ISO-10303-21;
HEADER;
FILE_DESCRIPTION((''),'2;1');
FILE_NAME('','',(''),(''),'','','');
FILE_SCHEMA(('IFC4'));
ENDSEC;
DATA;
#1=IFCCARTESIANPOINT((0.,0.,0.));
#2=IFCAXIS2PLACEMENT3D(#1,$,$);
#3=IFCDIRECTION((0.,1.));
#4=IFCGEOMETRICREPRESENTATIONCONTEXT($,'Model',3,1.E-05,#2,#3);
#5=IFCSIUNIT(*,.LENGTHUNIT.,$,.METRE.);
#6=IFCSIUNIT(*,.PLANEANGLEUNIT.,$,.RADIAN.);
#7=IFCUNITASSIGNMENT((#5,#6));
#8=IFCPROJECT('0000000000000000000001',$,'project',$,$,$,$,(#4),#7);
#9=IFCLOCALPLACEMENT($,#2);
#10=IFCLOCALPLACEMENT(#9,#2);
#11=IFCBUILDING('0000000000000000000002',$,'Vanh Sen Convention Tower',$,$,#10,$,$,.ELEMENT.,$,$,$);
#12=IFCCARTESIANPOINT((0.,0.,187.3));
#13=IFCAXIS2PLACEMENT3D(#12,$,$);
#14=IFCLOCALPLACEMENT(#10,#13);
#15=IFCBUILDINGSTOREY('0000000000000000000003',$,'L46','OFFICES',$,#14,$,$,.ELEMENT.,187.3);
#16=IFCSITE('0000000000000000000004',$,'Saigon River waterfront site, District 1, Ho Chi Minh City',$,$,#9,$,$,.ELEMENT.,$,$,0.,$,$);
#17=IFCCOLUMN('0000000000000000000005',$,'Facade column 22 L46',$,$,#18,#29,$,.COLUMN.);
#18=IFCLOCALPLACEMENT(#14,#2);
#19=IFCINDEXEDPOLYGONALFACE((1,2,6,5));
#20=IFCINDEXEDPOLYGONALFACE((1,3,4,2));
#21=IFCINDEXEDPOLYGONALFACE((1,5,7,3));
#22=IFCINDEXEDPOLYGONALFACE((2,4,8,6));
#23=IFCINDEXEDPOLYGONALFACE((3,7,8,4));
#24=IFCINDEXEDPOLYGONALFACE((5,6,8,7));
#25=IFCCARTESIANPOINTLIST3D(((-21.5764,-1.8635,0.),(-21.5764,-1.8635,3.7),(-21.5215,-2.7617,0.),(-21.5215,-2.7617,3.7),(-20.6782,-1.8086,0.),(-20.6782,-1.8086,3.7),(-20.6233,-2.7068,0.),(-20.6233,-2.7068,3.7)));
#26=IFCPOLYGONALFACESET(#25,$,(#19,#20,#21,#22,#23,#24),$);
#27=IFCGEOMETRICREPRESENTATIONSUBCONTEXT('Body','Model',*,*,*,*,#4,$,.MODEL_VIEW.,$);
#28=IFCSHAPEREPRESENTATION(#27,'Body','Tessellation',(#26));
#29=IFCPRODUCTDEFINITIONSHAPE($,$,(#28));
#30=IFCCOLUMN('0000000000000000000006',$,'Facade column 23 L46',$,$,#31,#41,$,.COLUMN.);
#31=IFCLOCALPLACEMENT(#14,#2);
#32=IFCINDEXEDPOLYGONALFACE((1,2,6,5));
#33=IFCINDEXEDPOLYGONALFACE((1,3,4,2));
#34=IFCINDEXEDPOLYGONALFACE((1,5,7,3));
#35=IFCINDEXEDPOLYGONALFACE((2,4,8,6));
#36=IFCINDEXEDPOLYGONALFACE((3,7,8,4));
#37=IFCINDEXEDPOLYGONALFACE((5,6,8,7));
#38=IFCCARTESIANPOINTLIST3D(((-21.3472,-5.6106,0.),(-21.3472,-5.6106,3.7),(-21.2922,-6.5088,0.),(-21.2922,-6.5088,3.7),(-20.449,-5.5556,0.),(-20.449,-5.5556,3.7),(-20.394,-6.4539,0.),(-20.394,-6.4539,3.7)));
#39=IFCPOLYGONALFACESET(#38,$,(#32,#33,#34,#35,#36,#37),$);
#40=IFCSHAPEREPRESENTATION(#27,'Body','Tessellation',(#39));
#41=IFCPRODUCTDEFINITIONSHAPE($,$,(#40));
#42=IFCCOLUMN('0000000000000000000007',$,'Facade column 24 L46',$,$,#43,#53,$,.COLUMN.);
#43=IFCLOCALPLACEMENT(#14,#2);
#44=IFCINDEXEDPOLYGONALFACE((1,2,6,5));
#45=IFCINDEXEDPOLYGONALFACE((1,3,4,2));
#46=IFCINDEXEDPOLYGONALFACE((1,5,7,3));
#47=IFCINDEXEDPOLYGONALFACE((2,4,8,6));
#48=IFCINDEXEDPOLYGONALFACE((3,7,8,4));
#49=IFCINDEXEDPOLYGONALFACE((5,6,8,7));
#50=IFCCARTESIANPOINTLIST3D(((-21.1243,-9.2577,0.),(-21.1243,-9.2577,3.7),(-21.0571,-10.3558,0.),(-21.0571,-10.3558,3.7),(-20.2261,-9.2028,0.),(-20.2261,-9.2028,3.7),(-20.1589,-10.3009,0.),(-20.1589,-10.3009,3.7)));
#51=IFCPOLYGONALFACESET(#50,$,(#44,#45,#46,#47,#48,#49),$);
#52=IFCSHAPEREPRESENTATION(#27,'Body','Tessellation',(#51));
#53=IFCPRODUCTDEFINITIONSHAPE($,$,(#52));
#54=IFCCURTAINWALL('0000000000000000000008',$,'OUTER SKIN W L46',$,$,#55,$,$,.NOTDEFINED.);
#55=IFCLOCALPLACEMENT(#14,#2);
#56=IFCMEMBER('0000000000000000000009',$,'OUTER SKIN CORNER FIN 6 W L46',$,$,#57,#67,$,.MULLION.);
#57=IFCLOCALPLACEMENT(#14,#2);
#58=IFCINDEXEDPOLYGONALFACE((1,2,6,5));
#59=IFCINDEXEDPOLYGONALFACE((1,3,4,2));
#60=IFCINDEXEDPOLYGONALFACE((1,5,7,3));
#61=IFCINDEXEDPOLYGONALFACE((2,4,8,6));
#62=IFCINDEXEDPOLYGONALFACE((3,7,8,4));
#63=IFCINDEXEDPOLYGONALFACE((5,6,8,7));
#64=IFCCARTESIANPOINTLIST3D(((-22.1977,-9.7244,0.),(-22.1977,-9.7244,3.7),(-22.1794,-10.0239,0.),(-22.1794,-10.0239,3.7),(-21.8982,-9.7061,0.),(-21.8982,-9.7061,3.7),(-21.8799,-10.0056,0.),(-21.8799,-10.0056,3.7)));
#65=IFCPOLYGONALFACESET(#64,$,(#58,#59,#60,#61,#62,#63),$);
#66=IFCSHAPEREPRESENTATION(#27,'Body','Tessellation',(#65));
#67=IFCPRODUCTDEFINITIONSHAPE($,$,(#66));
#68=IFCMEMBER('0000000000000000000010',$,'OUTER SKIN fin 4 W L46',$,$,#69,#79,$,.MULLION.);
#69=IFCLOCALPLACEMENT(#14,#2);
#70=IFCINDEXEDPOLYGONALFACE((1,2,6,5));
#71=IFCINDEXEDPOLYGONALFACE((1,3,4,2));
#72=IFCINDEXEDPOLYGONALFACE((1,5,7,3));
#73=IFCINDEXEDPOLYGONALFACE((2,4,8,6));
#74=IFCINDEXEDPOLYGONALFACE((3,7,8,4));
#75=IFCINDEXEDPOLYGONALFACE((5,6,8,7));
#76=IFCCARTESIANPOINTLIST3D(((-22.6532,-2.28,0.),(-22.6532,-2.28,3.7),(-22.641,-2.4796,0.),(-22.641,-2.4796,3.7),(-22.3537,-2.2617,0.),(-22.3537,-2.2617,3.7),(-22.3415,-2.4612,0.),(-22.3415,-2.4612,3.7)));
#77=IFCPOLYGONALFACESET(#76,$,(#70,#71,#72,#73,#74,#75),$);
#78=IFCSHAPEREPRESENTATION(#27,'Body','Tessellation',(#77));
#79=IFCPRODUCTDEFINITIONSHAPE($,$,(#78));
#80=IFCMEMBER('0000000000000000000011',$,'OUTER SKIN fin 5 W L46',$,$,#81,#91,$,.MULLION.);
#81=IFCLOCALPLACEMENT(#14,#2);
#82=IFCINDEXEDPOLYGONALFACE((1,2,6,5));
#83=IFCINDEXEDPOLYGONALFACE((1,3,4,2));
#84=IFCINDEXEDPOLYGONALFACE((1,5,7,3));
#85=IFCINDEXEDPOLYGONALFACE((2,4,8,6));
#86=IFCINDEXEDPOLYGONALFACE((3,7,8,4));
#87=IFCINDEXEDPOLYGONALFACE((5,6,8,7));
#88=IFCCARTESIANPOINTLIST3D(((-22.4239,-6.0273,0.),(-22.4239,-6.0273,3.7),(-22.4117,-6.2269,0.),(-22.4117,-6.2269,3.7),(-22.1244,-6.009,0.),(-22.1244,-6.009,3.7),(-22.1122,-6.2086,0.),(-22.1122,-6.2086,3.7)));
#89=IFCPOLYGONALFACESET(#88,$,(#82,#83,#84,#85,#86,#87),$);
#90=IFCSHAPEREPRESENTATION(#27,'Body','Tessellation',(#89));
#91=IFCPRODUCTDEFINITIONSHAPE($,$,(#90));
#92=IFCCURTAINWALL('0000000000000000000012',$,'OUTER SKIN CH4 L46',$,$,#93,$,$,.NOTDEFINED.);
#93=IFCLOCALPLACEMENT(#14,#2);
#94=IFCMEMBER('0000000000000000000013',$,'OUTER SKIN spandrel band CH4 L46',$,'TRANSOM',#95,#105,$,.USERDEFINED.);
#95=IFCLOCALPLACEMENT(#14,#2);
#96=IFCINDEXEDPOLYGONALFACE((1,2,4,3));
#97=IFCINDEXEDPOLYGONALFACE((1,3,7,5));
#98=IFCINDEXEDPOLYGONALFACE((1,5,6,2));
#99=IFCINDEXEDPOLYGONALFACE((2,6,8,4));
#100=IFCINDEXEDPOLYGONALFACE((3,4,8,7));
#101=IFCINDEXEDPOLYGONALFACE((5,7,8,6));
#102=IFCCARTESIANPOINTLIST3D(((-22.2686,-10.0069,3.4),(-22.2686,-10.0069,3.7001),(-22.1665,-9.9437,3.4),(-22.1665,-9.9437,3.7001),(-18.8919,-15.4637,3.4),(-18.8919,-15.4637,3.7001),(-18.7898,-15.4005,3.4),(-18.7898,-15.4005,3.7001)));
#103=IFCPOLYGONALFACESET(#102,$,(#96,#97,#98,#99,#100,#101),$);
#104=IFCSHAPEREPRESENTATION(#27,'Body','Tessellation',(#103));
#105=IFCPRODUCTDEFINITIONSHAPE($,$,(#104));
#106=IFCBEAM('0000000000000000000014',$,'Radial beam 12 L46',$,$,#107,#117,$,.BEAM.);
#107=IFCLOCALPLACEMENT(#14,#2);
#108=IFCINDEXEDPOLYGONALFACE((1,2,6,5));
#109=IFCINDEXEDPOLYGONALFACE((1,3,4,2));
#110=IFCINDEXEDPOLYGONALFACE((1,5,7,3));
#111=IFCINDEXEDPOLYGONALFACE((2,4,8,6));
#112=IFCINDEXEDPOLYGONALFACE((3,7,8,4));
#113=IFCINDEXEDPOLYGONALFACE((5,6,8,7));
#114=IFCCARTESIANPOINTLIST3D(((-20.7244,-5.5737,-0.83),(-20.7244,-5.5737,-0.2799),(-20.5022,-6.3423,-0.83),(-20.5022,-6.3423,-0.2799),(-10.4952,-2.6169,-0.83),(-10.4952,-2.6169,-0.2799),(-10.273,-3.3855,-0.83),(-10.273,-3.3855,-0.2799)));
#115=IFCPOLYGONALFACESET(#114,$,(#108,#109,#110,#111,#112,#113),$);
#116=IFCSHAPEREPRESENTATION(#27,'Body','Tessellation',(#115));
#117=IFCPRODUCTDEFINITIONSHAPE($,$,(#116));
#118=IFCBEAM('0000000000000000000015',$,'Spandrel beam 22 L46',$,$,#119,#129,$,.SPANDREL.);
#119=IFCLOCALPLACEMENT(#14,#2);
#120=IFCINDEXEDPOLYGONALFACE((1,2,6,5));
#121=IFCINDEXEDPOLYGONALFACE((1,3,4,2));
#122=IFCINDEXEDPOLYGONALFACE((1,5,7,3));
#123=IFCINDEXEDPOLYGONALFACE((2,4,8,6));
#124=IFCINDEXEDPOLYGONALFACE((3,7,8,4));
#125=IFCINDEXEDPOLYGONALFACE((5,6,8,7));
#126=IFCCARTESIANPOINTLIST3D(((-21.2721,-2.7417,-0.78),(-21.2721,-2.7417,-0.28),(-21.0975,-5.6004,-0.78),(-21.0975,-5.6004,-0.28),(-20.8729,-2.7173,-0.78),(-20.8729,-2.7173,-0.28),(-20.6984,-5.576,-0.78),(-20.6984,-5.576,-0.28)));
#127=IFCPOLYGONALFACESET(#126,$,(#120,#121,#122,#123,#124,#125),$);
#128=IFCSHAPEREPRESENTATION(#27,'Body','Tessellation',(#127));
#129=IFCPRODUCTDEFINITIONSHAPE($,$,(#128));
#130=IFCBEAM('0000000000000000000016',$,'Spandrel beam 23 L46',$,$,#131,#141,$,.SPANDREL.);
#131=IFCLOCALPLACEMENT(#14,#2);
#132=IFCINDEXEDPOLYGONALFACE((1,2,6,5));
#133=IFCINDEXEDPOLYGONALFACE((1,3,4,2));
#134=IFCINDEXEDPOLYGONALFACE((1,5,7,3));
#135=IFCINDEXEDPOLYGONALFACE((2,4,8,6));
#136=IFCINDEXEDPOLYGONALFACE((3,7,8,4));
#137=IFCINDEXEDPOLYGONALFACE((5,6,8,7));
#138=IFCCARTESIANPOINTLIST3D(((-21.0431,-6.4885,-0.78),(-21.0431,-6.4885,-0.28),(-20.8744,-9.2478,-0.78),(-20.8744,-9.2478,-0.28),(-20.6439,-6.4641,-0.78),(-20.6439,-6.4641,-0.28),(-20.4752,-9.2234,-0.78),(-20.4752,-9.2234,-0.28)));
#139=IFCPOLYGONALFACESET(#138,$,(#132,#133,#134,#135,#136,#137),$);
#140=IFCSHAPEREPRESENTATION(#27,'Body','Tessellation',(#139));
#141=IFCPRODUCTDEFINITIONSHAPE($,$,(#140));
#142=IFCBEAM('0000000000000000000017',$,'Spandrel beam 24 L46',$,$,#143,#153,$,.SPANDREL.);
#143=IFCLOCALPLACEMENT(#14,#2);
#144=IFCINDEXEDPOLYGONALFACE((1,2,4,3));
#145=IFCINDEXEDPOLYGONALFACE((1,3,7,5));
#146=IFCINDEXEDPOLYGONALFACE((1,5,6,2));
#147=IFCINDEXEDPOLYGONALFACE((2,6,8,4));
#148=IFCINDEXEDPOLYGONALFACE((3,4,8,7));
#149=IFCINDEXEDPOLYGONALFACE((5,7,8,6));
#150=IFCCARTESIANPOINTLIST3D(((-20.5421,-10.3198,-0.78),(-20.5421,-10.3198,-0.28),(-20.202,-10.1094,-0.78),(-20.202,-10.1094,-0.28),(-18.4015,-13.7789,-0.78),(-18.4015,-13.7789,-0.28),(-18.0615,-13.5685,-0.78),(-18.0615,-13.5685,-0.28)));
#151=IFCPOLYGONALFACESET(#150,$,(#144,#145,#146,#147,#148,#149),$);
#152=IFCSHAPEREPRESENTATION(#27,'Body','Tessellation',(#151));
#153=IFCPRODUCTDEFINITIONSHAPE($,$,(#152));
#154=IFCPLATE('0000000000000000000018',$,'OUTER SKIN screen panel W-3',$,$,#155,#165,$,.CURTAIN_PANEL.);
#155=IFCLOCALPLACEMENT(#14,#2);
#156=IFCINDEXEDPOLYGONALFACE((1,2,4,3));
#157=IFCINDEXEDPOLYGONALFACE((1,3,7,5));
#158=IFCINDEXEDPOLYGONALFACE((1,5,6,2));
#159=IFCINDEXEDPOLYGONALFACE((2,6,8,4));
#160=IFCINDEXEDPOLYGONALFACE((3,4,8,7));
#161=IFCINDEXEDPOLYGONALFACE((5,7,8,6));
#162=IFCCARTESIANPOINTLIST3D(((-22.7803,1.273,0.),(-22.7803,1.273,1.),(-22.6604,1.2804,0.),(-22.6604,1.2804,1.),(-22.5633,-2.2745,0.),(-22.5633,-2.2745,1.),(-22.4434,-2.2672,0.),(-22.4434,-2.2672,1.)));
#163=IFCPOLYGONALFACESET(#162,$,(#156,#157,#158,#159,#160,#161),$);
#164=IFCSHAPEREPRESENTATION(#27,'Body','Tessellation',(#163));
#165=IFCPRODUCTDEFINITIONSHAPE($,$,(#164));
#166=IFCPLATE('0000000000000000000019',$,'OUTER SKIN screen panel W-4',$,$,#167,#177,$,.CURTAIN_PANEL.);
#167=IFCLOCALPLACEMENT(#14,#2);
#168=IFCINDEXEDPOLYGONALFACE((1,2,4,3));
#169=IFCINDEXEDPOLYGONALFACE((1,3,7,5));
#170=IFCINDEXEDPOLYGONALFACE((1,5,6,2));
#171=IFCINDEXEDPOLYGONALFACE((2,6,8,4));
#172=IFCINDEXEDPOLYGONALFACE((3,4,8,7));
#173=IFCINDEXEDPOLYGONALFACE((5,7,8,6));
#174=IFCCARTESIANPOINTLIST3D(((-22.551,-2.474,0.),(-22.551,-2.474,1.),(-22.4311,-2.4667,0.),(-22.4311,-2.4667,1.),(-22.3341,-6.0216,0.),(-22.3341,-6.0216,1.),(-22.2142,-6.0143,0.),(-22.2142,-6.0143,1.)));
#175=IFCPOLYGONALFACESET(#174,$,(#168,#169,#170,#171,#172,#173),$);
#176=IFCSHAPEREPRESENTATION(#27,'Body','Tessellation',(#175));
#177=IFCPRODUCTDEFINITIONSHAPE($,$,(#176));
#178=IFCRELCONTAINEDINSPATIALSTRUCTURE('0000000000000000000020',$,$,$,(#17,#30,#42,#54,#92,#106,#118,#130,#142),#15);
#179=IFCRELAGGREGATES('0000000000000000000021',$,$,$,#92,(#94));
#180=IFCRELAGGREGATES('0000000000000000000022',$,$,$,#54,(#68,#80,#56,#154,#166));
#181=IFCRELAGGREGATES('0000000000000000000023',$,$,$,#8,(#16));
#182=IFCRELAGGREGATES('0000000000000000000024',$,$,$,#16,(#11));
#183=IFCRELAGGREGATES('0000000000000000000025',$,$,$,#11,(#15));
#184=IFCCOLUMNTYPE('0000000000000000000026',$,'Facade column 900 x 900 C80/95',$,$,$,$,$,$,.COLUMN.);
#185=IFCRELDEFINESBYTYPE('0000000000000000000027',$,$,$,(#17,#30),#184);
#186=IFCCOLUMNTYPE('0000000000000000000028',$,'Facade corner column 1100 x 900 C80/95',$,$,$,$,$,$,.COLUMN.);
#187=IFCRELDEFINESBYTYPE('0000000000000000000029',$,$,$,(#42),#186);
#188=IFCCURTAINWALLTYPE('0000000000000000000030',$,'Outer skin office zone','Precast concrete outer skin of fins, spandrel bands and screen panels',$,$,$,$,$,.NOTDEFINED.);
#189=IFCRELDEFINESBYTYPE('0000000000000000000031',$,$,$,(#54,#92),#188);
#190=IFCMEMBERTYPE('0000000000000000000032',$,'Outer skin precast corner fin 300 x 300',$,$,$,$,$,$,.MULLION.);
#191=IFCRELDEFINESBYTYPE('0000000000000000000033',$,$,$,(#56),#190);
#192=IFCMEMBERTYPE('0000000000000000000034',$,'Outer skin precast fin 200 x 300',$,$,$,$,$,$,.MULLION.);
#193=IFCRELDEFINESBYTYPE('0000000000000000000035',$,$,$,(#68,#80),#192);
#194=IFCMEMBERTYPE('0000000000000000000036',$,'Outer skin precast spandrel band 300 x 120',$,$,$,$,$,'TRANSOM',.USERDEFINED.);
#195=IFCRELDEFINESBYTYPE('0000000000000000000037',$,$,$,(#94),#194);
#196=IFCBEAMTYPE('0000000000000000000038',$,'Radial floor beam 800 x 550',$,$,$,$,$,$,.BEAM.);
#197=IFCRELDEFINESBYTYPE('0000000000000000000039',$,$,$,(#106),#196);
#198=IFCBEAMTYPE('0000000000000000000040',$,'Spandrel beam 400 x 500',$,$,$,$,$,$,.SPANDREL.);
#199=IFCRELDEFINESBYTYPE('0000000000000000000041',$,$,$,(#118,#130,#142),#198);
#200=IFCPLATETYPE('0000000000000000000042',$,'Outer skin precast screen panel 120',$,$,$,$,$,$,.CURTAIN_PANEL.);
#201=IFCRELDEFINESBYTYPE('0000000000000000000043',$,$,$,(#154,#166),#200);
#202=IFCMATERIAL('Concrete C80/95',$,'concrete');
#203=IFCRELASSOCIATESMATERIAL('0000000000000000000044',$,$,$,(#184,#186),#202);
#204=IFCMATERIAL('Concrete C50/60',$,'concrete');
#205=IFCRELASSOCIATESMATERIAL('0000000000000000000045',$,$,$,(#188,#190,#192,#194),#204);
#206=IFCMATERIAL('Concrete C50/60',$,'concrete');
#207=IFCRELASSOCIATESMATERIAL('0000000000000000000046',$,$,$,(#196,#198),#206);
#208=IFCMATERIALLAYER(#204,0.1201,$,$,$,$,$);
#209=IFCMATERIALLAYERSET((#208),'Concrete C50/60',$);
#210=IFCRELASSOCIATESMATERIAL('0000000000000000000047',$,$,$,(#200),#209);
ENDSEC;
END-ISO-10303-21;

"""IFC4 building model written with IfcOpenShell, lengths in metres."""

from ifc_helpers import new_model, si_unit, direction, frame, origin, origin_2d, place, context, subcontext, project, spatial, rectangle, extrude, material, layer, layer_set, material_profile, profile_set, type_object, element, aggregate, save


model = new_model("IFC4")

# Units and contexts
model_context = context("Model", 3, precision=1e-05, world=origin(), true_north=direction((0.0, 1.0)))
body_context = subcontext(model_context, "Body", "Model", "MODEL_VIEW")
ifc_project = project(units=[si_unit("LENGTHUNIT", "METRE"), si_unit("PLANEANGLEUNIT", "RADIAN")], contexts=[model_context])

# Site, building, storey
site_placement = place(None, origin())
site = spatial("IfcSite", under=ifc_project, at=site_placement, Name="Saigon River waterfront site, District 1, Ho Chi Minh City", CompositionType="ELEMENT", RefElevation=0.0)
building_placement = place(site_placement, origin())
building = spatial("IfcBuilding", under=site, at=building_placement, Name="Vanh Sen Convention Tower", CompositionType="ELEMENT")
storey_placement = place(building_placement, frame((0.0, 0.0, 187.3)))
storey = spatial("IfcBuildingStorey", under=building, at=storey_placement, Name="L46", Description="OFFICES", CompositionType="ELEMENT", Elevation=187.3)

# Columns
ifc_material_1 = material(Name="Concrete C80/95", Category="concrete")
ifc_material_profile_1 = material_profile(ifc_material_1, rectangle(XDim=0.8999, YDim=0.8999, at=origin_2d()), Name="RC 900X900")
ifc_profile_set_1 = profile_set([ifc_material_profile_1], Name="Concrete C80/95")
column_type_1 = type_object("IfcColumnType", Name="Facade column 900 x 900 C80/95", PredefinedType="COLUMN", material=ifc_profile_set_1)
for number, where, z_axis, x_axis, name in (
    (1, (-21.0999, -2.2852, 0.0), (0.0, 0.0, 1.0), (0.061049, -0.998135, 0.0), "Facade column 22 L46"),
    (2, (-20.8706, -6.0322, 0.0), (0.0, 0.0, 1.0), (0.061049, -0.998135, 0.0), "Facade column 23 L46"),
):
    element("IfcColumn", number, at=place(storey_placement, frame(where, z_axis=z_axis, x_axis=x_axis)), inside=storey, type_object=column_type_1, Name=name, PredefinedType="COLUMN", context=body_context, shape_type="SweptSolid", body=[
        extrude(rectangle(XDim=0.8999, YDim=0.8999, at=origin_2d()), origin(), (0.0, 0.0, 1.0), 3.7),
    ])
ifc_material_profile_2 = material_profile(ifc_material_1, rectangle(XDim=1.1001, YDim=0.8999, at=origin_2d()), Name="RC 1100X900")
ifc_profile_set_2 = profile_set([ifc_material_profile_2], Name="Concrete C80/95")
column_type_2 = type_object("IfcColumnType", Name="Facade corner column 1100 x 900 C80/95", PredefinedType="COLUMN", material=ifc_profile_set_2)
column_placement = place(storey_placement, frame((-20.6416, -9.7793, 0.0), z_axis=(0.0, 0.0, 1.0), x_axis=(0.061049, -0.998135, 0.0)))
element("IfcColumn", 3, at=column_placement, inside=storey, type_object=column_type_2, Name="Facade column 24 L46", PredefinedType="COLUMN", context=body_context, shape_type="SweptSolid", body=[
    extrude(rectangle(XDim=1.1001, YDim=0.8999, at=origin_2d()), origin(), (0.0, 0.0, 1.0), 3.7),
])

# Curtain wall, members
ifc_material_2 = material(Name="Concrete C50/60", Category="concrete")
curtain_wall_type = type_object("IfcCurtainWallType", Name="Outer skin office zone", Description="Precast concrete outer skin of fins, spandrel bands and screen panels", PredefinedType="NOTDEFINED", material=ifc_material_2)
curtain_wall_1_placement = place(storey_placement, origin())
curtain_wall_1 = element("IfcCurtainWall", 4, at=curtain_wall_1_placement, inside=storey, type_object=curtain_wall_type, Name="OUTER SKIN W L46", PredefinedType="NOTDEFINED")
ifc_material_profile_3 = material_profile(ifc_material_2, rectangle(XDim=0.3, YDim=0.3, at=origin_2d()), Name="Outer skin precast corner fin 300 x 300")
ifc_profile_set_3 = profile_set([ifc_material_profile_3], Name="Concrete C50/60")
member_type_1 = type_object("IfcMemberType", Name="Outer skin precast corner fin 300 x 300", PredefinedType="MULLION", material=ifc_profile_set_3)
member_1_placement = place(storey_placement, frame((-22.0388, -9.865, 0.0), z_axis=(0.0, 0.0, 1.0), x_axis=(0.061049, -0.998135, 0.0)))
member_1 = element("IfcMember", 5, at=member_1_placement, type_object=member_type_1, Name="OUTER SKIN CORNER FIN 6 W L46", PredefinedType="MULLION", context=body_context, shape_type="SweptSolid", body=[
    extrude(rectangle(XDim=0.3, YDim=0.3, at=origin_2d()), origin(), (0.0, 0.0, 1.0), 3.7),
])
ifc_material_profile_4 = material_profile(ifc_material_2, rectangle(XDim=0.2, YDim=0.3, at=origin_2d()), Name="Outer skin precast fin 200 x 300")
ifc_profile_set_4 = profile_set([ifc_material_profile_4], Name="Concrete C50/60")
member_type_2 = type_object("IfcMemberType", Name="Outer skin precast fin 200 x 300", PredefinedType="MULLION", material=ifc_profile_set_4)
member_2_placement = place(storey_placement, frame((-22.4973, -2.3706, 0.0), z_axis=(0.0, 0.0, 1.0), x_axis=(0.061049, -0.998135, 0.0)))
member_2 = element("IfcMember", 6, at=member_2_placement, type_object=member_type_2, Name="OUTER SKIN fin 4 W L46", PredefinedType="MULLION", context=body_context, shape_type="SweptSolid", body=[
    extrude(rectangle(XDim=0.2, YDim=0.3, at=origin_2d()), origin(), (0.0, 0.0, 1.0), 3.7),
])
member_3_placement = place(storey_placement, frame((-22.2681, -6.1179, 0.0), z_axis=(0.0, 0.0, 1.0), x_axis=(0.061049, -0.998135, 0.0)))
member_3 = element("IfcMember", 7, at=member_3_placement, type_object=member_type_2, Name="OUTER SKIN fin 5 W L46", PredefinedType="MULLION", context=body_context, shape_type="SweptSolid", body=[
    extrude(rectangle(XDim=0.2, YDim=0.3, at=origin_2d()), origin(), (0.0, 0.0, 1.0), 3.7),
])

# Curtain wall, member
curtain_wall_2_placement = place(storey_placement, origin())
curtain_wall_2 = element("IfcCurtainWall", 8, at=curtain_wall_2_placement, inside=storey, type_object=curtain_wall_type, Name="OUTER SKIN CH4 L46", PredefinedType="NOTDEFINED")
ifc_material_profile_5 = material_profile(ifc_material_2, rectangle(XDim=0.1201, YDim=0.3, at=origin_2d()), Name="Outer skin precast spandrel band 300 x 120")
ifc_profile_set_5 = profile_set([ifc_material_profile_5], Name="Concrete C50/60")
member_type_3 = type_object("IfcMemberType", Name="Outer skin precast spandrel band 300 x 120", ElementType="TRANSOM", PredefinedType="USERDEFINED", material=ifc_profile_set_5)
member_4_placement = place(storey_placement, frame((-22.2175, -9.9753, 3.55), z_axis=(0.526208, -0.850356, 0.0), x_axis=(0.850356, 0.526208, 0.0)))
member_4 = element("IfcMember", 9, at=member_4_placement, type_object=member_type_3, Name="OUTER SKIN spandrel band CH4 L46", ObjectType="TRANSOM", PredefinedType="USERDEFINED", context=body_context, shape_type="SweptSolid", body=[
    extrude(rectangle(XDim=0.1201, YDim=0.3, at=origin_2d()), origin(), (0.0, 0.0, 1.0), 6.417),
])
aggregate(curtain_wall_2, [member_4])

# Beams
ifc_material_3 = material(Name="Concrete C50/60", Category="concrete")
ifc_material_profile_6 = material_profile(ifc_material_3, rectangle(XDim=0.8, YDim=0.55, at=origin_2d()), Name="RC 800X550")
ifc_profile_set_6 = profile_set([ifc_material_profile_6], Name="Concrete C50/60")
beam_type_1 = type_object("IfcBeamType", Name="Radial floor beam 800 x 550", PredefinedType="BEAM", material=ifc_profile_set_6)
beam_1_placement = place(storey_placement, frame((-20.6133, -5.958, -0.5549), z_axis=(0.960672, 0.277684, 0.0), x_axis=(-0.277684, 0.960672, 0.0)))
element("IfcBeam", 10, at=beam_1_placement, inside=storey, type_object=beam_type_1, Name="Radial beam 12 L46", PredefinedType="BEAM", context=body_context, shape_type="SweptSolid", body=[
    extrude(rectangle(XDim=0.8, YDim=0.55, at=origin_2d()), origin(), (0.0, 0.0, 1.0), 10.6479),
])
ifc_material_profile_7 = material_profile(ifc_material_3, rectangle(XDim=0.3999, YDim=0.5, at=origin_2d()), Name="RC 400X500")
ifc_profile_set_7 = profile_set([ifc_material_profile_7], Name="Concrete C50/60")
beam_type_2 = type_object("IfcBeamType", Name="Spandrel beam 400 x 500", PredefinedType="SPANDREL", material=ifc_profile_set_7)
beam_2_placement = place(storey_placement, frame((-21.0725, -2.7295, -0.53), z_axis=(0.060951, -0.998141, 0.0), x_axis=(0.998141, 0.060951, 0.0)))
element("IfcBeam", 11, at=beam_2_placement, inside=storey, type_object=beam_type_2, Name="Spandrel beam 22 L46", PredefinedType="SPANDREL", context=body_context, shape_type="SweptSolid", body=[
    extrude(rectangle(XDim=0.3999, YDim=0.5, at=origin_2d()), origin(), (0.0, 0.0, 1.0), 2.864),
])
beam_3_placement = place(storey_placement, frame((-20.8435, -6.4763, -0.53), z_axis=(0.061026, -0.998136, 0.0), x_axis=(0.998136, 0.061026, 0.0)))
element("IfcBeam", 12, at=beam_3_placement, inside=storey, type_object=beam_type_2, Name="Spandrel beam 23 L46", PredefinedType="SPANDREL", context=body_context, shape_type="SweptSolid", body=[
    extrude(rectangle(XDim=0.3999, YDim=0.5, at=origin_2d()), origin(), (0.0, 0.0, 1.0), 2.7644),
])
beam_4_placement = place(storey_placement, frame((-20.3721, -10.2146, -0.53), z_axis=(0.526212, -0.850353, 0.0), x_axis=(0.850353, 0.526212, 0.0)))
element("IfcBeam", 13, at=beam_4_placement, inside=storey, type_object=beam_type_2, Name="Spandrel beam 24 L46", PredefinedType="SPANDREL", context=body_context, shape_type="SweptSolid", body=[
    extrude(rectangle(XDim=0.3999, YDim=0.5, at=origin_2d()), origin(), (0.0, 0.0, 1.0), 4.0679),
])

# Plates
ifc_layer_1 = layer(ifc_material_2, 0.1201)
ifc_layer_set_1 = layer_set([ifc_layer_1], Name="Concrete C50/60")
plate_type = type_object("IfcPlateType", Name="Outer skin precast screen panel 120", PredefinedType="CURTAIN_PANEL", material=ifc_layer_set_1)
plate_1_placement = place(storey_placement, frame((-22.6118, -0.4971, 0.0), z_axis=(0.0, 0.0, 1.0), x_axis=(0.061054, -0.998134, 0.0)))
plate_1 = element("IfcPlate", 14, at=plate_1_placement, type_object=plate_type, Name="OUTER SKIN screen panel W-3", PredefinedType="CURTAIN_PANEL", context=body_context, shape_type="SweptSolid", body=[
    extrude(rectangle(XDim=3.5542, YDim=0.1201, at=origin_2d()), origin(), (0.0, 0.0, 1.0), 1.0),
])
plate_2_placement = place(storey_placement, frame((-22.3826, -4.2441, 0.0), z_axis=(0.0, 0.0, 1.0), x_axis=(0.061026, -0.998136, 0.0)))
plate_2 = element("IfcPlate", 15, at=plate_2_placement, type_object=plate_type, Name="OUTER SKIN screen panel W-4", PredefinedType="CURTAIN_PANEL", context=body_context, shape_type="SweptSolid", body=[
    extrude(rectangle(XDim=3.5542, YDim=0.1201, at=origin_2d()), origin(), (0.0, 0.0, 1.0), 1.0),
])
aggregate(curtain_wall_1, [member_2, member_3, member_1, plate_1, plate_2])

save(model, "model.ifc")
